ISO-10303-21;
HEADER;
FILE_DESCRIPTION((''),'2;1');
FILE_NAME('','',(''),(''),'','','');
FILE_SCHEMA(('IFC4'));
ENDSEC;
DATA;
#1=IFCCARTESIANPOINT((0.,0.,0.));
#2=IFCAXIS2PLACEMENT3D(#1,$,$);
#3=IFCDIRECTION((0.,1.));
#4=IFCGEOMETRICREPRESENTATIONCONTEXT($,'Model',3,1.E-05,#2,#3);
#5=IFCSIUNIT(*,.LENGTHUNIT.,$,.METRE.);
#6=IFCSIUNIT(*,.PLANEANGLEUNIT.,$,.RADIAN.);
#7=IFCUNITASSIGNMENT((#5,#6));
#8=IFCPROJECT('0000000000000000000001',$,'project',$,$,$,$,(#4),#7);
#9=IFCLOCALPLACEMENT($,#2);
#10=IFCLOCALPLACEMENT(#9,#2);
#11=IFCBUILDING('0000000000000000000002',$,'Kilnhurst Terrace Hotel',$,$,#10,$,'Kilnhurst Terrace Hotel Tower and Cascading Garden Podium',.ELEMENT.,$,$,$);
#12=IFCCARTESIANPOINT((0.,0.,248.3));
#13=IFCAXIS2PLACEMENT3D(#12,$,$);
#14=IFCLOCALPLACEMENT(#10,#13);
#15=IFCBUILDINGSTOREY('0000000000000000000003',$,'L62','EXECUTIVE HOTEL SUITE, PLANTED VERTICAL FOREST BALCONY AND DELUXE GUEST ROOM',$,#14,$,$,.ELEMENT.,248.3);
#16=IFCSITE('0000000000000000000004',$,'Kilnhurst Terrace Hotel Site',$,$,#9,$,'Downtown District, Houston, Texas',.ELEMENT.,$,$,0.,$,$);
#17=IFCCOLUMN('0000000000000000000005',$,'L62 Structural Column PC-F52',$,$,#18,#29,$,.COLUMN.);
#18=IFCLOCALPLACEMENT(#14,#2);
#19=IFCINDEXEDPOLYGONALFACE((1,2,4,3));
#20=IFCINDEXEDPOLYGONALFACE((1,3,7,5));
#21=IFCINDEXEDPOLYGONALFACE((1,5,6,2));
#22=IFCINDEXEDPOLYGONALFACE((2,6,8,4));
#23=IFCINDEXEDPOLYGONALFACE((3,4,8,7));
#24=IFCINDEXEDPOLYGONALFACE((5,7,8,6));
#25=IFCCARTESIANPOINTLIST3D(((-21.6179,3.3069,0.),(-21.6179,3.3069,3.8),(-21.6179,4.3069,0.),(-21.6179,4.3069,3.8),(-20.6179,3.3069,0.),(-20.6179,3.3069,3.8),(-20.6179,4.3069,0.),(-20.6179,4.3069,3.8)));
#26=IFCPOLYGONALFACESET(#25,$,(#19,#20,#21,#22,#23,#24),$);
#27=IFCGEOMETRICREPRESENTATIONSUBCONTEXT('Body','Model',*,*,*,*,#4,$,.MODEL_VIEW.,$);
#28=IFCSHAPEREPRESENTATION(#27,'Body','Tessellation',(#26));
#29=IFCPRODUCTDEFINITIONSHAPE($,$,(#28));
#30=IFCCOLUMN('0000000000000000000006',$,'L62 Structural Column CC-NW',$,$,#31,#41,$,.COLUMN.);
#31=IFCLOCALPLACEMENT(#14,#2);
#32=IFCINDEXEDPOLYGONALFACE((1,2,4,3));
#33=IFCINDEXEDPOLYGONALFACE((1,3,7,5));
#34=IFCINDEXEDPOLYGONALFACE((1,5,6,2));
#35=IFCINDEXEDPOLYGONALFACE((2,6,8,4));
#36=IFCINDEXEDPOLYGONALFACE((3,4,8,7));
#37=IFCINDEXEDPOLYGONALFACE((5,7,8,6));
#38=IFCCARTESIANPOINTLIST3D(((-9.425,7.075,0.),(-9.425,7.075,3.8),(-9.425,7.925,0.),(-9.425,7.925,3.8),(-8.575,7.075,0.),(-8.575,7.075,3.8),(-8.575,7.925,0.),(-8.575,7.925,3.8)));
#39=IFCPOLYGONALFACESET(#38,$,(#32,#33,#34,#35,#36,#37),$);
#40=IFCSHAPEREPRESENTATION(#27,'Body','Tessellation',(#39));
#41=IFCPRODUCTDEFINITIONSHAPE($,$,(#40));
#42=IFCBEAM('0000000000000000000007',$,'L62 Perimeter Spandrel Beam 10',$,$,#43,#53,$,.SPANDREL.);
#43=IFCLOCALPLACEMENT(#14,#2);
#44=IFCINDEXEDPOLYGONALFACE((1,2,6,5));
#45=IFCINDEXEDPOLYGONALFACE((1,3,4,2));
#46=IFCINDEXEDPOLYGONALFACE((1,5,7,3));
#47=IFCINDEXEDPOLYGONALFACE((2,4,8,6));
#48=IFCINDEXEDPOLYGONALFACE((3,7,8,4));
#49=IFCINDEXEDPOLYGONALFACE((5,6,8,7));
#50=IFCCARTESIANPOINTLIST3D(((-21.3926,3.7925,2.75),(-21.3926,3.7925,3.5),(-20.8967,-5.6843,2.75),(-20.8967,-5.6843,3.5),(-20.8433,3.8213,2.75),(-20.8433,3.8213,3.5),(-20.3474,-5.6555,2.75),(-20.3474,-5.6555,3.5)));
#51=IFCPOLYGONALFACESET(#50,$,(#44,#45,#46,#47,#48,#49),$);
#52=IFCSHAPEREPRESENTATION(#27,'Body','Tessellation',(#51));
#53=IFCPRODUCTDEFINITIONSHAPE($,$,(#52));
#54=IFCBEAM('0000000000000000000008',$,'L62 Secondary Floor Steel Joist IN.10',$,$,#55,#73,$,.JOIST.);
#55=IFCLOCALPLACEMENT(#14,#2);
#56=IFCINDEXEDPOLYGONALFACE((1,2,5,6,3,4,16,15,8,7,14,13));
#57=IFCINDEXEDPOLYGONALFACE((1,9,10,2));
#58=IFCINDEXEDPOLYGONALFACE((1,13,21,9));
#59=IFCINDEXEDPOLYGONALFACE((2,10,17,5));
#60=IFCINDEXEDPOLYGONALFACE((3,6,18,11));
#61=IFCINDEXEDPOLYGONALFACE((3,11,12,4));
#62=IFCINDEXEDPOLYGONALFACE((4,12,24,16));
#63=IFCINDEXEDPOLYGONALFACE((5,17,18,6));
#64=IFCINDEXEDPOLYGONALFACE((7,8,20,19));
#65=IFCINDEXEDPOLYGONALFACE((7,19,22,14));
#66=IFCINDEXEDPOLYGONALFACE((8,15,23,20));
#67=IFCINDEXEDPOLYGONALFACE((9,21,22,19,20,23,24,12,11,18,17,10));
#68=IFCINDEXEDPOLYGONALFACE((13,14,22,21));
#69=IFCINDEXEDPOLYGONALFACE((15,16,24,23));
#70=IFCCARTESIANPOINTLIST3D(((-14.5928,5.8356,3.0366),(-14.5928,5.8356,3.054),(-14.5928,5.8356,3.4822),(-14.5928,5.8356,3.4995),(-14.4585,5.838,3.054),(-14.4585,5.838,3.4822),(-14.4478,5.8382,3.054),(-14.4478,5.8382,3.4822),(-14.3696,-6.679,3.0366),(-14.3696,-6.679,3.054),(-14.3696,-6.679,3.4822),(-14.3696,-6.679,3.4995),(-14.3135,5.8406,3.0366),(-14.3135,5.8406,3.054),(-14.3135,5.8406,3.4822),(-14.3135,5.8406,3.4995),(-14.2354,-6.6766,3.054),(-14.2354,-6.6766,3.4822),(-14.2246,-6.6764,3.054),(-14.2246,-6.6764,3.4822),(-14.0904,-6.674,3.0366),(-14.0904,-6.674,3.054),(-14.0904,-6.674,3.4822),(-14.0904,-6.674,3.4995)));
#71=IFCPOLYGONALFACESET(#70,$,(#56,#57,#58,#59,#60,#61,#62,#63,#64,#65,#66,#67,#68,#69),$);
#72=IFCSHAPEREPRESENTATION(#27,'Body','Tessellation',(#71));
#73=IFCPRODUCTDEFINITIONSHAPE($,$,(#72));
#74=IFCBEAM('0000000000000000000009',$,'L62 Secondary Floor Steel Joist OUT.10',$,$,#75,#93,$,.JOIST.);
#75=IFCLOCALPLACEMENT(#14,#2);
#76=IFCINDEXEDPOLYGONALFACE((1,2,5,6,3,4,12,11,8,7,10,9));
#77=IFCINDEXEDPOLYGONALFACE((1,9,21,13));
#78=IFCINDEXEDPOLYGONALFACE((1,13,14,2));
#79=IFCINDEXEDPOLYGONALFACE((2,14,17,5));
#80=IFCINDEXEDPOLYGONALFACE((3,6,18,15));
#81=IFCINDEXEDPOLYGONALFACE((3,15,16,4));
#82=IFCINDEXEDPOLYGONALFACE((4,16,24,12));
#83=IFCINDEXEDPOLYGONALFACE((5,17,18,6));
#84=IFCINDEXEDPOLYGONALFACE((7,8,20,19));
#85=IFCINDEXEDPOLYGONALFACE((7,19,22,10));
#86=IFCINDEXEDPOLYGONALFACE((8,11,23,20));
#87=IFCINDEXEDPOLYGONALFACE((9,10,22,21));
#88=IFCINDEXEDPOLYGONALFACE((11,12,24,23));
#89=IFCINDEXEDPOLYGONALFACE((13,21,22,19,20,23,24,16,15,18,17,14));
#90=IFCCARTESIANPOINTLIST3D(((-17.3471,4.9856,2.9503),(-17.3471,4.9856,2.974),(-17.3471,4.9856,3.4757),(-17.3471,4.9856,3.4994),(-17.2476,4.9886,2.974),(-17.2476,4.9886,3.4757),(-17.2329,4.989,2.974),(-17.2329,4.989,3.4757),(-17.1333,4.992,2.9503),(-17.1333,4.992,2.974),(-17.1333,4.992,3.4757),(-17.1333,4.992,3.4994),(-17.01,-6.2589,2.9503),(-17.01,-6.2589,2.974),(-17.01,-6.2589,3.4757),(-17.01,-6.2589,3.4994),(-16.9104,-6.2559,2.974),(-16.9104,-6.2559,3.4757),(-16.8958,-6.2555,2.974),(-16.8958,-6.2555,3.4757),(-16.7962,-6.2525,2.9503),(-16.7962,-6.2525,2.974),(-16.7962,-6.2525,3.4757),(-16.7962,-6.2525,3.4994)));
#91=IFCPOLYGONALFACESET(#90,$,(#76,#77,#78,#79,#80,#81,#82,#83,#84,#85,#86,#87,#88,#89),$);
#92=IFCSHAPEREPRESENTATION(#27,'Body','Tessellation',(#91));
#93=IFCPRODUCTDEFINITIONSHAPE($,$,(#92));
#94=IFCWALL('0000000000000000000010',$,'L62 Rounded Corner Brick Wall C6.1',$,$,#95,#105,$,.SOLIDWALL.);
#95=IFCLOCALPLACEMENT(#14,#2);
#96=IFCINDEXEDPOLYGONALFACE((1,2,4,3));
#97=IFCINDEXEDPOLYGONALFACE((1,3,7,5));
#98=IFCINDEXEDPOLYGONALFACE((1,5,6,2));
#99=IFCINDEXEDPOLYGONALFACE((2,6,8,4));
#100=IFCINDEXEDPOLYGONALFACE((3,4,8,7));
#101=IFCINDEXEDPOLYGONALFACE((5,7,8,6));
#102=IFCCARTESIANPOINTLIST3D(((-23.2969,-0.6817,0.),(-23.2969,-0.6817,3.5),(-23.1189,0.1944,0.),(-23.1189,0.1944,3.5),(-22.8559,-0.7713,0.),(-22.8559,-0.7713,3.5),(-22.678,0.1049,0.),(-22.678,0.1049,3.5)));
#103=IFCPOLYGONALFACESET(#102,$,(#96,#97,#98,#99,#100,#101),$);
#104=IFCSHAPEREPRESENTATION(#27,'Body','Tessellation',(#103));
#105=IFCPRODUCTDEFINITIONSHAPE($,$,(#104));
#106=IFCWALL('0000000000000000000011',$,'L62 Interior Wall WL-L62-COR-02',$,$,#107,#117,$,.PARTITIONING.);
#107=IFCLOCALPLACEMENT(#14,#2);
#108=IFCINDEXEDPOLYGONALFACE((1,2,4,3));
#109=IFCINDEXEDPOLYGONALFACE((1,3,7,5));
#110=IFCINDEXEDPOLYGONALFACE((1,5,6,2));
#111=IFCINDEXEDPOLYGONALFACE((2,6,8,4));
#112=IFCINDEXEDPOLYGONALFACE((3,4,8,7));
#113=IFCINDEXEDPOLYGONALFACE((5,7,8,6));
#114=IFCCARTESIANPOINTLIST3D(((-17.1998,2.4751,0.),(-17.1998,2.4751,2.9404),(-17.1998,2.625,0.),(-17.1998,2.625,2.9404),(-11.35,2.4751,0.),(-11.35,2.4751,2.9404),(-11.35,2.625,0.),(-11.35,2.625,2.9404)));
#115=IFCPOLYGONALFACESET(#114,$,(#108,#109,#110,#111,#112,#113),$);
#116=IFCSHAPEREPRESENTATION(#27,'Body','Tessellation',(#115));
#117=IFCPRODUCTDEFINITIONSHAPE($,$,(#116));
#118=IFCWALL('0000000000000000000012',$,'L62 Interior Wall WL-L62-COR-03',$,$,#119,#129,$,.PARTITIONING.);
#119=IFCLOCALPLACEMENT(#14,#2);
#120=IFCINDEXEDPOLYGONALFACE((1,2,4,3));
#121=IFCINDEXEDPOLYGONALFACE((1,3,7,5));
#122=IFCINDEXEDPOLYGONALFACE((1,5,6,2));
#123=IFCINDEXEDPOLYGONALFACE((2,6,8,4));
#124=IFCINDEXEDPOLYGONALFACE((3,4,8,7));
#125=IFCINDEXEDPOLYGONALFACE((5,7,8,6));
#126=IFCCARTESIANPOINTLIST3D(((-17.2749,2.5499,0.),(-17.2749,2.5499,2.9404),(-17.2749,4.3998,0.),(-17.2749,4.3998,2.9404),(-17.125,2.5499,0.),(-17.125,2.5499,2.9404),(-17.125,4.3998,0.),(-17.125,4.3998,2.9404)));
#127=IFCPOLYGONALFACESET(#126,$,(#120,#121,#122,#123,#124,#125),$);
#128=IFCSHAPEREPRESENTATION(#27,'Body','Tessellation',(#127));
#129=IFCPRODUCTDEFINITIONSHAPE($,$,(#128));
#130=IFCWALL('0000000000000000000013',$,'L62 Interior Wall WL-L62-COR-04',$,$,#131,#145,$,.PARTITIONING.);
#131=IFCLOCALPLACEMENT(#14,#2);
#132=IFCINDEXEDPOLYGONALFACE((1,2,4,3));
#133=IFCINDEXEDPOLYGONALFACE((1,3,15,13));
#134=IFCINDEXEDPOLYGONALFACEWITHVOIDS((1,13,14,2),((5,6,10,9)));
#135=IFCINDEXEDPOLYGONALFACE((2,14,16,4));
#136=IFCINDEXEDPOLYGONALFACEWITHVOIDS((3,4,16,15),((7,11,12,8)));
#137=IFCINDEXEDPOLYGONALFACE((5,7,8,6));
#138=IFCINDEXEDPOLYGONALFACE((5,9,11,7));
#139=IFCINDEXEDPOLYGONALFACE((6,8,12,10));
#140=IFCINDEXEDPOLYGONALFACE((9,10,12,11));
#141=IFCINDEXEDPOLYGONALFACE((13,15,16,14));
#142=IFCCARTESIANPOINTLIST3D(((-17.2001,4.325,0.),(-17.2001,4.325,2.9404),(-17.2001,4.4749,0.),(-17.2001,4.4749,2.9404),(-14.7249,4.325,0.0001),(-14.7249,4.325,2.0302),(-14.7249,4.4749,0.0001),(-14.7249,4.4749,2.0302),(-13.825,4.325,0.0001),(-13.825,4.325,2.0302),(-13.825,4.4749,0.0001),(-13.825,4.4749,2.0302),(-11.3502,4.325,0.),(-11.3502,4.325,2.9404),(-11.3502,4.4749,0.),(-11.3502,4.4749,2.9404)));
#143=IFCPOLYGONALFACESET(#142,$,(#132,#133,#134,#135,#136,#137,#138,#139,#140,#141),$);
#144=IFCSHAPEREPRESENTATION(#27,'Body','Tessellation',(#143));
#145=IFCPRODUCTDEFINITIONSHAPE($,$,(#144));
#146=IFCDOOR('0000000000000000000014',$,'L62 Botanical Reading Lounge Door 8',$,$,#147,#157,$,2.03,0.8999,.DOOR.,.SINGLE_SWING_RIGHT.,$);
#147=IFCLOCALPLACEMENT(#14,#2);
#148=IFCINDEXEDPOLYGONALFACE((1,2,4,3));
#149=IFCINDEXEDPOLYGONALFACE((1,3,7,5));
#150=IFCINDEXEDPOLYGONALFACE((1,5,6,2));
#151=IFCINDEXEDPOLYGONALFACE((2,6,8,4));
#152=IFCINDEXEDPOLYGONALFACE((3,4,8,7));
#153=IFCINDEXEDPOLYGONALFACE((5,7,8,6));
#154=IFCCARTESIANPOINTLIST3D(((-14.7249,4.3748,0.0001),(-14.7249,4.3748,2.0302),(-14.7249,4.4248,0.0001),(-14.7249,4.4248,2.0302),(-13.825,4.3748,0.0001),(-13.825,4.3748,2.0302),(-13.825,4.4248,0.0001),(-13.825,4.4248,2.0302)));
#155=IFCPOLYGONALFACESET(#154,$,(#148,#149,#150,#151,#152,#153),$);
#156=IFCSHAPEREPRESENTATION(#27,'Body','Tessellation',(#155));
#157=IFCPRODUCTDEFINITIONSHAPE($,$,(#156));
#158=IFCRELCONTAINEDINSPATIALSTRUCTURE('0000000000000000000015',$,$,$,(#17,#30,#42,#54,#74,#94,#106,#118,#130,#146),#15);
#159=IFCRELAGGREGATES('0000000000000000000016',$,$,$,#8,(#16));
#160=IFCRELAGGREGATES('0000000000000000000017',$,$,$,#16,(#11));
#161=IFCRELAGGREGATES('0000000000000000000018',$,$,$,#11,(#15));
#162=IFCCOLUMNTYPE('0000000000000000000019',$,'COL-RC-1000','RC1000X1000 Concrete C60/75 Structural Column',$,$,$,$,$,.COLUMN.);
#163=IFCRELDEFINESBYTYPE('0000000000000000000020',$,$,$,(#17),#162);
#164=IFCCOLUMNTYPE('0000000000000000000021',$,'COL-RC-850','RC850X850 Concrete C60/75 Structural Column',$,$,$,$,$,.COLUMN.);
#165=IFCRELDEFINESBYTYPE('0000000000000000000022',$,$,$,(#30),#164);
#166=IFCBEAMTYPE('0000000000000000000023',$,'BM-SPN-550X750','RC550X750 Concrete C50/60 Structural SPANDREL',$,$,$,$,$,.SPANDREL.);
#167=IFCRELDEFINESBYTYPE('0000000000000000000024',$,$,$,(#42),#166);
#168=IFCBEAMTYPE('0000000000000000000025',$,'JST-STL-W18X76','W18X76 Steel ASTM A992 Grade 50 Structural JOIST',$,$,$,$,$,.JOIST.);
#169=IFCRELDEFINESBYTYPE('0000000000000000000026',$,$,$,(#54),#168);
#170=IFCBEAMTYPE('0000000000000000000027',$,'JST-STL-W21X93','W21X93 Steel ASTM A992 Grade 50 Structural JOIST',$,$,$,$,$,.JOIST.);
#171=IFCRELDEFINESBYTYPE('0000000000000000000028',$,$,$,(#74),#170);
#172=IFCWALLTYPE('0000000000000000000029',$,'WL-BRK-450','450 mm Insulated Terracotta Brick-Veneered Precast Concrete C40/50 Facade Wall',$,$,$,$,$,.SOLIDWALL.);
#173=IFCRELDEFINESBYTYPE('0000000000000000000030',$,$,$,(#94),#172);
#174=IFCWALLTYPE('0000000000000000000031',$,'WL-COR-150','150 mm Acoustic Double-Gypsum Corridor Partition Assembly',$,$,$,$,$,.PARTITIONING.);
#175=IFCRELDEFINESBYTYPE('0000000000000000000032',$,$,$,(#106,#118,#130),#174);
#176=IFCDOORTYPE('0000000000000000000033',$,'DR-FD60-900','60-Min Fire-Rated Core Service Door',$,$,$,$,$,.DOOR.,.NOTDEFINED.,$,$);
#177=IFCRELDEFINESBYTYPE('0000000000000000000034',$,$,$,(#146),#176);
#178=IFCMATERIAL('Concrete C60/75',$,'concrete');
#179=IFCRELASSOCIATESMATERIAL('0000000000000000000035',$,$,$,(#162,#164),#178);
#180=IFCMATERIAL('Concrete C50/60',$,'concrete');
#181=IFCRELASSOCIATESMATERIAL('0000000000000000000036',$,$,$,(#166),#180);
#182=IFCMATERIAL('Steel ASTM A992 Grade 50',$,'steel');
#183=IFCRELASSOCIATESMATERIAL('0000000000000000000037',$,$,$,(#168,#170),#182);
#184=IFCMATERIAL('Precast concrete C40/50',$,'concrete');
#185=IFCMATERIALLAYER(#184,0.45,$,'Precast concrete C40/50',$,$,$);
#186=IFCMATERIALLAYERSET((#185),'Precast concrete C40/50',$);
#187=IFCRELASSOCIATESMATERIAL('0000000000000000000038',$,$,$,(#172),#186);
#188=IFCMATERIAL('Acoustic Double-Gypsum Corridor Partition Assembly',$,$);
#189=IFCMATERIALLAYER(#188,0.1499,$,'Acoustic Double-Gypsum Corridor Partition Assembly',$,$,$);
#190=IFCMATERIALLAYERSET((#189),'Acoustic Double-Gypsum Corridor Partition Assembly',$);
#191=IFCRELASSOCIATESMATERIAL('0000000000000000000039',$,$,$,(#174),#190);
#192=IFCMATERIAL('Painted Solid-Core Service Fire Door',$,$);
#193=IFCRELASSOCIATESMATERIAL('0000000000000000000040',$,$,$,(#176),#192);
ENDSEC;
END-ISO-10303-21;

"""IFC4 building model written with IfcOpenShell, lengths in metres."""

from ifc_helpers import new_model, si_unit, direction, frame, frame_2d, origin, origin_2d, place, context, subcontext, project, spatial, rectangle, i_section, extrude, material, layer, layer_set, material_profile, profile_set, type_object, element, fill, save


model = new_model("IFC4")

# Units and contexts
model_context = context("Model", 3, precision=1e-05, world=origin(), true_north=direction((0.0, 1.0)))
body_context = subcontext(model_context, "Body", "Model", "MODEL_VIEW")
ifc_project = project(units=[si_unit("LENGTHUNIT", "METRE"), si_unit("PLANEANGLEUNIT", "RADIAN")], contexts=[model_context])

# Site, building, storey
site_placement = place(None, origin())
site = spatial("IfcSite", under=ifc_project, at=site_placement, Name="Kilnhurst Terrace Hotel Site", LongName="Downtown District, Houston, Texas", CompositionType="ELEMENT", RefElevation=0.0)
building_placement = place(site_placement, origin())
building = spatial("IfcBuilding", under=site, at=building_placement, Name="Kilnhurst Terrace Hotel", LongName="Kilnhurst Terrace Hotel Tower and Cascading Garden Podium", CompositionType="ELEMENT")
storey_placement = place(building_placement, frame((0.0, 0.0, 248.3)))
storey = spatial("IfcBuildingStorey", under=building, at=storey_placement, Name="L62", Description="EXECUTIVE HOTEL SUITE, PLANTED VERTICAL FOREST BALCONY AND DELUXE GUEST ROOM", CompositionType="ELEMENT", Elevation=248.3)

# Columns
ifc_material_1 = material(Name="Concrete C60/75", Category="concrete")
ifc_material_profile_1 = material_profile(ifc_material_1, rectangle(XDim=1.0, YDim=1.0, at=origin_2d()), Name="RC1000X1000")
ifc_profile_set_1 = profile_set([ifc_material_profile_1], Name="Concrete C60/75")
column_type_1 = type_object("IfcColumnType", Name="COL-RC-1000", Description="RC1000X1000 Concrete C60/75 Structural Column", PredefinedType="COLUMN", material=ifc_profile_set_1)
column_1_placement = place(storey_placement, frame((-21.1179, 3.8069, 0.0), z_axis=(0.0, 0.0, 1.0), x_axis=(1.0, 0.0, 0.0)))
element("IfcColumn", 1, at=column_1_placement, inside=storey, type_object=column_type_1, Name="L62 Structural Column PC-F52", PredefinedType="COLUMN", context=body_context, shape_type="SweptSolid", body=[
    extrude(rectangle(XDim=1.0, YDim=1.0, at=origin_2d()), origin(), (0.0, 0.0, 1.0), 3.8),
])
ifc_material_profile_2 = material_profile(ifc_material_1, rectangle(XDim=0.8501, YDim=0.8501, at=origin_2d()), Name="RC850X850")
ifc_profile_set_2 = profile_set([ifc_material_profile_2], Name="Concrete C60/75")
column_type_2 = type_object("IfcColumnType", Name="COL-RC-850", Description="RC850X850 Concrete C60/75 Structural Column", PredefinedType="COLUMN", material=ifc_profile_set_2)
column_2_placement = place(storey_placement, frame((-9.0, 7.5, 0.0), z_axis=(0.0, 0.0, 1.0), x_axis=(1.0, 0.0, 0.0)))
element("IfcColumn", 2, at=column_2_placement, inside=storey, type_object=column_type_2, Name="L62 Structural Column CC-NW", PredefinedType="COLUMN", context=body_context, shape_type="SweptSolid", body=[
    extrude(rectangle(XDim=0.8501, YDim=0.8501, at=origin_2d()), origin(), (0.0, 0.0, 1.0), 3.8),
])

# Beams
ifc_material_2 = material(Name="Concrete C50/60", Category="concrete")
ifc_material_profile_3 = material_profile(ifc_material_2, rectangle(XDim=0.55, YDim=0.75, at=origin_2d()), Name="RC550X750")
ifc_profile_set_3 = profile_set([ifc_material_profile_3], Name="Concrete C50/60")
beam_type_1 = type_object("IfcBeamType", Name="BM-SPN-550X750", Description="RC550X750 Concrete C50/60 Structural SPANDREL", PredefinedType="SPANDREL", material=ifc_profile_set_3)
beam_1_placement = place(storey_placement, frame((-21.1179, 3.8069, 3.125), z_axis=(0.052251, -0.998634, 0.0), x_axis=(0.998634, 0.052251, 0.0)))
element("IfcBeam", 3, at=beam_1_placement, inside=storey, type_object=beam_type_1, Name="L62 Perimeter Spandrel Beam 10", PredefinedType="SPANDREL", context=body_context, shape_type="SweptSolid", body=[
    extrude(rectangle(XDim=0.55, YDim=0.75, at=origin_2d()), origin(), (0.0, 0.0, 1.0), 9.4897),
])
ifc_material_3 = material(Name="Steel ASTM A992 Grade 50", Category="steel")
ifc_material_profile_4 = material_profile(ifc_material_3, i_section(OverallWidth=0.2793, OverallDepth=0.4629, WebThickness=0.0107, FlangeThickness=0.0173, at=origin_2d()), Name="W18X76")
ifc_profile_set_4 = profile_set([ifc_material_profile_4], Name="Steel ASTM A992 Grade 50")
beam_type_2 = type_object("IfcBeamType", Name="JST-STL-W18X76", Description="W18X76 Steel ASTM A992 Grade 50 Structural JOIST", PredefinedType="JOIST", material=ifc_profile_set_4)
beam_2_placement = place(storey_placement, frame((-14.4531, 5.8381, 3.2681), z_axis=(0.017828, -0.999841, 0.0), x_axis=(0.999841, 0.017828, 0.0)))
element("IfcBeam", 4, at=beam_2_placement, inside=storey, type_object=beam_type_2, Name="L62 Secondary Floor Steel Joist IN.10", PredefinedType="JOIST", context=body_context, shape_type="SweptSolid", body=[
    extrude(i_section(OverallWidth=0.2793, OverallDepth=0.4629, WebThickness=0.0107, FlangeThickness=0.0173, at=origin_2d()), origin(), (0.0, 0.0, 1.0), 12.5166),
])
ifc_material_profile_5 = material_profile(ifc_material_3, i_section(OverallWidth=0.2139, OverallDepth=0.5491, WebThickness=0.0146, FlangeThickness=0.0237, at=origin_2d()), Name="W21X93")
ifc_profile_set_5 = profile_set([ifc_material_profile_5], Name="Steel ASTM A992 Grade 50")
beam_type_3 = type_object("IfcBeamType", Name="JST-STL-W21X93", Description="W21X93 Steel ASTM A992 Grade 50 Structural JOIST", PredefinedType="JOIST", material=ifc_profile_set_5)
beam_3_placement = place(storey_placement, frame((-17.2402, 4.9888, 3.2249), z_axis=(0.029971, -0.999551, 0.0), x_axis=(0.999551, 0.029971, 0.0)))
element("IfcBeam", 5, at=beam_3_placement, inside=storey, type_object=beam_type_3, Name="L62 Secondary Floor Steel Joist OUT.10", PredefinedType="JOIST", context=body_context, shape_type="SweptSolid", body=[
    extrude(i_section(OverallWidth=0.2139, OverallDepth=0.5491, WebThickness=0.0146, FlangeThickness=0.0237, at=origin_2d()), origin(), (0.0, 0.0, 1.0), 11.2495),
])

# Walls
ifc_material_4 = material(Name="Precast concrete C40/50", Category="concrete")
ifc_layer_1 = layer(ifc_material_4, 0.45, Name="Precast concrete C40/50")
ifc_layer_set_1 = layer_set([ifc_layer_1], Name="Precast concrete C40/50")
wall_type_1 = type_object("IfcWallType", Name="WL-BRK-450", Description="450 mm Insulated Terracotta Brick-Veneered Precast Concrete C40/50 Facade Wall", PredefinedType="SOLIDWALL", material=ifc_layer_set_1)
wall_1_placement = place(storey_placement, frame((-22.8984, 0.1497, 0.0), z_axis=(0.0, 0.0, 1.0), x_axis=(-0.199056, -0.979988, 0.0)))
element("IfcWall", 6, at=wall_1_placement, inside=storey, type_object=wall_type_1, Name="L62 Rounded Corner Brick Wall C6.1", PredefinedType="SOLIDWALL", context=body_context, shape_type="SweptSolid", body=[
    extrude(rectangle(XDim=0.894, YDim=0.45, at=frame_2d((0.447, 0.0))), origin(), (0.0, 0.0, 1.0), 3.5),
])
ifc_material_5 = material(Name="Acoustic Double-Gypsum Corridor Partition Assembly")
ifc_layer_2 = layer(ifc_material_5, 0.1499, Name="Acoustic Double-Gypsum Corridor Partition Assembly")
ifc_layer_set_2 = layer_set([ifc_layer_2], Name="Acoustic Double-Gypsum Corridor Partition Assembly")
wall_type_2 = type_object("IfcWallType", Name="WL-COR-150", Description="150 mm Acoustic Double-Gypsum Corridor Partition Assembly", PredefinedType="PARTITIONING", material=ifc_layer_set_2)
wall_2_placement = place(storey_placement, frame((-11.3501, 2.55, 0.0), z_axis=(0.0, 0.0, 1.0), x_axis=(-1.0, 0.0, 0.0)))
element("IfcWall", 7, at=wall_2_placement, inside=storey, type_object=wall_type_2, Name="L62 Interior Wall WL-L62-COR-02", PredefinedType="PARTITIONING", context=body_context, shape_type="SweptSolid", body=[
    extrude(rectangle(XDim=5.8499, YDim=0.1499, at=frame_2d((2.9248, 0.0))), origin(), (0.0, 0.0, 1.0), 2.9404),
])
wall_3_placement = place(storey_placement, frame((-17.2, 2.55, 0.0), z_axis=(0.0, 0.0, 1.0), x_axis=(0.0, 1.0, 0.0)))
element("IfcWall", 8, at=wall_3_placement, inside=storey, type_object=wall_type_2, Name="L62 Interior Wall WL-L62-COR-03", PredefinedType="PARTITIONING", context=body_context, shape_type="SweptSolid", body=[
    extrude(rectangle(XDim=1.8499, YDim=0.1499, at=frame_2d((0.9248, 0.0))), origin(), (0.0, 0.0, 1.0), 2.9404),
])

# Wall, opening, door
wall_4_placement = place(storey_placement, frame((-17.2, 4.3999, 0.0), z_axis=(0.0, 0.0, 1.0), x_axis=(1.0, 0.0, 0.0)))
wall_4 = element("IfcWall", 9, at=wall_4_placement, inside=storey, type_object=wall_type_2, Name="L62 Interior Wall WL-L62-COR-04", PredefinedType="PARTITIONING", context=body_context, shape_type="SweptSolid", body=[
    extrude(rectangle(XDim=5.8499, YDim=0.1499, at=frame_2d((2.9248, 0.0))), origin(), (0.0, 0.0, 1.0), 2.9404),
])
opening_1_placement = place(wall_4_placement, frame((2.4751, 0.0, 0.0)))
opening_1 = element("IfcOpeningElement", 10, at=opening_1_placement, cuts=wall_4, PredefinedType="OPENING", context=body_context, shape_type="SweptSolid", body=[
    extrude(rectangle(XDim=0.8999, YDim=2.03, at=frame_2d((0.45, 1.0151))), frame((0.0, 0.085, 0.0), z_axis=(0.0, -1.0, 0.0), x_axis=(1.0, 0.0, 0.0)), (0.0, 0.0, 1.0), 0.1699),
])
ifc_material_6 = material(Name="Painted Solid-Core Service Fire Door")
door_type_1 = type_object("IfcDoorType", Name="DR-FD60-900", Description="60-Min Fire-Rated Core Service Door", OperationType="NOTDEFINED", PredefinedType="DOOR", material=ifc_material_6)
door_1_placement = place(opening_1_placement, origin())
door_1 = element("IfcDoor", 11, at=door_1_placement, inside=storey, type_object=door_type_1, Name="L62 Botanical Reading Lounge Door 8", OperationType="SINGLE_SWING_RIGHT", OverallHeight=2.03, OverallWidth=0.8999, PredefinedType="DOOR", context=body_context, shape_type="SweptSolid", body=[
    extrude(rectangle(XDim=0.8999, YDim=2.03, at=frame_2d((0.45, 1.0151))), frame((0.0, 0.0249, 0.0), z_axis=(0.0, -1.0, 0.0), x_axis=(1.0, 0.0, 0.0)), (0.0, 0.0, 1.0), 0.05),
])
fill(opening_1, door_1)

save(model, "model.ifc")
